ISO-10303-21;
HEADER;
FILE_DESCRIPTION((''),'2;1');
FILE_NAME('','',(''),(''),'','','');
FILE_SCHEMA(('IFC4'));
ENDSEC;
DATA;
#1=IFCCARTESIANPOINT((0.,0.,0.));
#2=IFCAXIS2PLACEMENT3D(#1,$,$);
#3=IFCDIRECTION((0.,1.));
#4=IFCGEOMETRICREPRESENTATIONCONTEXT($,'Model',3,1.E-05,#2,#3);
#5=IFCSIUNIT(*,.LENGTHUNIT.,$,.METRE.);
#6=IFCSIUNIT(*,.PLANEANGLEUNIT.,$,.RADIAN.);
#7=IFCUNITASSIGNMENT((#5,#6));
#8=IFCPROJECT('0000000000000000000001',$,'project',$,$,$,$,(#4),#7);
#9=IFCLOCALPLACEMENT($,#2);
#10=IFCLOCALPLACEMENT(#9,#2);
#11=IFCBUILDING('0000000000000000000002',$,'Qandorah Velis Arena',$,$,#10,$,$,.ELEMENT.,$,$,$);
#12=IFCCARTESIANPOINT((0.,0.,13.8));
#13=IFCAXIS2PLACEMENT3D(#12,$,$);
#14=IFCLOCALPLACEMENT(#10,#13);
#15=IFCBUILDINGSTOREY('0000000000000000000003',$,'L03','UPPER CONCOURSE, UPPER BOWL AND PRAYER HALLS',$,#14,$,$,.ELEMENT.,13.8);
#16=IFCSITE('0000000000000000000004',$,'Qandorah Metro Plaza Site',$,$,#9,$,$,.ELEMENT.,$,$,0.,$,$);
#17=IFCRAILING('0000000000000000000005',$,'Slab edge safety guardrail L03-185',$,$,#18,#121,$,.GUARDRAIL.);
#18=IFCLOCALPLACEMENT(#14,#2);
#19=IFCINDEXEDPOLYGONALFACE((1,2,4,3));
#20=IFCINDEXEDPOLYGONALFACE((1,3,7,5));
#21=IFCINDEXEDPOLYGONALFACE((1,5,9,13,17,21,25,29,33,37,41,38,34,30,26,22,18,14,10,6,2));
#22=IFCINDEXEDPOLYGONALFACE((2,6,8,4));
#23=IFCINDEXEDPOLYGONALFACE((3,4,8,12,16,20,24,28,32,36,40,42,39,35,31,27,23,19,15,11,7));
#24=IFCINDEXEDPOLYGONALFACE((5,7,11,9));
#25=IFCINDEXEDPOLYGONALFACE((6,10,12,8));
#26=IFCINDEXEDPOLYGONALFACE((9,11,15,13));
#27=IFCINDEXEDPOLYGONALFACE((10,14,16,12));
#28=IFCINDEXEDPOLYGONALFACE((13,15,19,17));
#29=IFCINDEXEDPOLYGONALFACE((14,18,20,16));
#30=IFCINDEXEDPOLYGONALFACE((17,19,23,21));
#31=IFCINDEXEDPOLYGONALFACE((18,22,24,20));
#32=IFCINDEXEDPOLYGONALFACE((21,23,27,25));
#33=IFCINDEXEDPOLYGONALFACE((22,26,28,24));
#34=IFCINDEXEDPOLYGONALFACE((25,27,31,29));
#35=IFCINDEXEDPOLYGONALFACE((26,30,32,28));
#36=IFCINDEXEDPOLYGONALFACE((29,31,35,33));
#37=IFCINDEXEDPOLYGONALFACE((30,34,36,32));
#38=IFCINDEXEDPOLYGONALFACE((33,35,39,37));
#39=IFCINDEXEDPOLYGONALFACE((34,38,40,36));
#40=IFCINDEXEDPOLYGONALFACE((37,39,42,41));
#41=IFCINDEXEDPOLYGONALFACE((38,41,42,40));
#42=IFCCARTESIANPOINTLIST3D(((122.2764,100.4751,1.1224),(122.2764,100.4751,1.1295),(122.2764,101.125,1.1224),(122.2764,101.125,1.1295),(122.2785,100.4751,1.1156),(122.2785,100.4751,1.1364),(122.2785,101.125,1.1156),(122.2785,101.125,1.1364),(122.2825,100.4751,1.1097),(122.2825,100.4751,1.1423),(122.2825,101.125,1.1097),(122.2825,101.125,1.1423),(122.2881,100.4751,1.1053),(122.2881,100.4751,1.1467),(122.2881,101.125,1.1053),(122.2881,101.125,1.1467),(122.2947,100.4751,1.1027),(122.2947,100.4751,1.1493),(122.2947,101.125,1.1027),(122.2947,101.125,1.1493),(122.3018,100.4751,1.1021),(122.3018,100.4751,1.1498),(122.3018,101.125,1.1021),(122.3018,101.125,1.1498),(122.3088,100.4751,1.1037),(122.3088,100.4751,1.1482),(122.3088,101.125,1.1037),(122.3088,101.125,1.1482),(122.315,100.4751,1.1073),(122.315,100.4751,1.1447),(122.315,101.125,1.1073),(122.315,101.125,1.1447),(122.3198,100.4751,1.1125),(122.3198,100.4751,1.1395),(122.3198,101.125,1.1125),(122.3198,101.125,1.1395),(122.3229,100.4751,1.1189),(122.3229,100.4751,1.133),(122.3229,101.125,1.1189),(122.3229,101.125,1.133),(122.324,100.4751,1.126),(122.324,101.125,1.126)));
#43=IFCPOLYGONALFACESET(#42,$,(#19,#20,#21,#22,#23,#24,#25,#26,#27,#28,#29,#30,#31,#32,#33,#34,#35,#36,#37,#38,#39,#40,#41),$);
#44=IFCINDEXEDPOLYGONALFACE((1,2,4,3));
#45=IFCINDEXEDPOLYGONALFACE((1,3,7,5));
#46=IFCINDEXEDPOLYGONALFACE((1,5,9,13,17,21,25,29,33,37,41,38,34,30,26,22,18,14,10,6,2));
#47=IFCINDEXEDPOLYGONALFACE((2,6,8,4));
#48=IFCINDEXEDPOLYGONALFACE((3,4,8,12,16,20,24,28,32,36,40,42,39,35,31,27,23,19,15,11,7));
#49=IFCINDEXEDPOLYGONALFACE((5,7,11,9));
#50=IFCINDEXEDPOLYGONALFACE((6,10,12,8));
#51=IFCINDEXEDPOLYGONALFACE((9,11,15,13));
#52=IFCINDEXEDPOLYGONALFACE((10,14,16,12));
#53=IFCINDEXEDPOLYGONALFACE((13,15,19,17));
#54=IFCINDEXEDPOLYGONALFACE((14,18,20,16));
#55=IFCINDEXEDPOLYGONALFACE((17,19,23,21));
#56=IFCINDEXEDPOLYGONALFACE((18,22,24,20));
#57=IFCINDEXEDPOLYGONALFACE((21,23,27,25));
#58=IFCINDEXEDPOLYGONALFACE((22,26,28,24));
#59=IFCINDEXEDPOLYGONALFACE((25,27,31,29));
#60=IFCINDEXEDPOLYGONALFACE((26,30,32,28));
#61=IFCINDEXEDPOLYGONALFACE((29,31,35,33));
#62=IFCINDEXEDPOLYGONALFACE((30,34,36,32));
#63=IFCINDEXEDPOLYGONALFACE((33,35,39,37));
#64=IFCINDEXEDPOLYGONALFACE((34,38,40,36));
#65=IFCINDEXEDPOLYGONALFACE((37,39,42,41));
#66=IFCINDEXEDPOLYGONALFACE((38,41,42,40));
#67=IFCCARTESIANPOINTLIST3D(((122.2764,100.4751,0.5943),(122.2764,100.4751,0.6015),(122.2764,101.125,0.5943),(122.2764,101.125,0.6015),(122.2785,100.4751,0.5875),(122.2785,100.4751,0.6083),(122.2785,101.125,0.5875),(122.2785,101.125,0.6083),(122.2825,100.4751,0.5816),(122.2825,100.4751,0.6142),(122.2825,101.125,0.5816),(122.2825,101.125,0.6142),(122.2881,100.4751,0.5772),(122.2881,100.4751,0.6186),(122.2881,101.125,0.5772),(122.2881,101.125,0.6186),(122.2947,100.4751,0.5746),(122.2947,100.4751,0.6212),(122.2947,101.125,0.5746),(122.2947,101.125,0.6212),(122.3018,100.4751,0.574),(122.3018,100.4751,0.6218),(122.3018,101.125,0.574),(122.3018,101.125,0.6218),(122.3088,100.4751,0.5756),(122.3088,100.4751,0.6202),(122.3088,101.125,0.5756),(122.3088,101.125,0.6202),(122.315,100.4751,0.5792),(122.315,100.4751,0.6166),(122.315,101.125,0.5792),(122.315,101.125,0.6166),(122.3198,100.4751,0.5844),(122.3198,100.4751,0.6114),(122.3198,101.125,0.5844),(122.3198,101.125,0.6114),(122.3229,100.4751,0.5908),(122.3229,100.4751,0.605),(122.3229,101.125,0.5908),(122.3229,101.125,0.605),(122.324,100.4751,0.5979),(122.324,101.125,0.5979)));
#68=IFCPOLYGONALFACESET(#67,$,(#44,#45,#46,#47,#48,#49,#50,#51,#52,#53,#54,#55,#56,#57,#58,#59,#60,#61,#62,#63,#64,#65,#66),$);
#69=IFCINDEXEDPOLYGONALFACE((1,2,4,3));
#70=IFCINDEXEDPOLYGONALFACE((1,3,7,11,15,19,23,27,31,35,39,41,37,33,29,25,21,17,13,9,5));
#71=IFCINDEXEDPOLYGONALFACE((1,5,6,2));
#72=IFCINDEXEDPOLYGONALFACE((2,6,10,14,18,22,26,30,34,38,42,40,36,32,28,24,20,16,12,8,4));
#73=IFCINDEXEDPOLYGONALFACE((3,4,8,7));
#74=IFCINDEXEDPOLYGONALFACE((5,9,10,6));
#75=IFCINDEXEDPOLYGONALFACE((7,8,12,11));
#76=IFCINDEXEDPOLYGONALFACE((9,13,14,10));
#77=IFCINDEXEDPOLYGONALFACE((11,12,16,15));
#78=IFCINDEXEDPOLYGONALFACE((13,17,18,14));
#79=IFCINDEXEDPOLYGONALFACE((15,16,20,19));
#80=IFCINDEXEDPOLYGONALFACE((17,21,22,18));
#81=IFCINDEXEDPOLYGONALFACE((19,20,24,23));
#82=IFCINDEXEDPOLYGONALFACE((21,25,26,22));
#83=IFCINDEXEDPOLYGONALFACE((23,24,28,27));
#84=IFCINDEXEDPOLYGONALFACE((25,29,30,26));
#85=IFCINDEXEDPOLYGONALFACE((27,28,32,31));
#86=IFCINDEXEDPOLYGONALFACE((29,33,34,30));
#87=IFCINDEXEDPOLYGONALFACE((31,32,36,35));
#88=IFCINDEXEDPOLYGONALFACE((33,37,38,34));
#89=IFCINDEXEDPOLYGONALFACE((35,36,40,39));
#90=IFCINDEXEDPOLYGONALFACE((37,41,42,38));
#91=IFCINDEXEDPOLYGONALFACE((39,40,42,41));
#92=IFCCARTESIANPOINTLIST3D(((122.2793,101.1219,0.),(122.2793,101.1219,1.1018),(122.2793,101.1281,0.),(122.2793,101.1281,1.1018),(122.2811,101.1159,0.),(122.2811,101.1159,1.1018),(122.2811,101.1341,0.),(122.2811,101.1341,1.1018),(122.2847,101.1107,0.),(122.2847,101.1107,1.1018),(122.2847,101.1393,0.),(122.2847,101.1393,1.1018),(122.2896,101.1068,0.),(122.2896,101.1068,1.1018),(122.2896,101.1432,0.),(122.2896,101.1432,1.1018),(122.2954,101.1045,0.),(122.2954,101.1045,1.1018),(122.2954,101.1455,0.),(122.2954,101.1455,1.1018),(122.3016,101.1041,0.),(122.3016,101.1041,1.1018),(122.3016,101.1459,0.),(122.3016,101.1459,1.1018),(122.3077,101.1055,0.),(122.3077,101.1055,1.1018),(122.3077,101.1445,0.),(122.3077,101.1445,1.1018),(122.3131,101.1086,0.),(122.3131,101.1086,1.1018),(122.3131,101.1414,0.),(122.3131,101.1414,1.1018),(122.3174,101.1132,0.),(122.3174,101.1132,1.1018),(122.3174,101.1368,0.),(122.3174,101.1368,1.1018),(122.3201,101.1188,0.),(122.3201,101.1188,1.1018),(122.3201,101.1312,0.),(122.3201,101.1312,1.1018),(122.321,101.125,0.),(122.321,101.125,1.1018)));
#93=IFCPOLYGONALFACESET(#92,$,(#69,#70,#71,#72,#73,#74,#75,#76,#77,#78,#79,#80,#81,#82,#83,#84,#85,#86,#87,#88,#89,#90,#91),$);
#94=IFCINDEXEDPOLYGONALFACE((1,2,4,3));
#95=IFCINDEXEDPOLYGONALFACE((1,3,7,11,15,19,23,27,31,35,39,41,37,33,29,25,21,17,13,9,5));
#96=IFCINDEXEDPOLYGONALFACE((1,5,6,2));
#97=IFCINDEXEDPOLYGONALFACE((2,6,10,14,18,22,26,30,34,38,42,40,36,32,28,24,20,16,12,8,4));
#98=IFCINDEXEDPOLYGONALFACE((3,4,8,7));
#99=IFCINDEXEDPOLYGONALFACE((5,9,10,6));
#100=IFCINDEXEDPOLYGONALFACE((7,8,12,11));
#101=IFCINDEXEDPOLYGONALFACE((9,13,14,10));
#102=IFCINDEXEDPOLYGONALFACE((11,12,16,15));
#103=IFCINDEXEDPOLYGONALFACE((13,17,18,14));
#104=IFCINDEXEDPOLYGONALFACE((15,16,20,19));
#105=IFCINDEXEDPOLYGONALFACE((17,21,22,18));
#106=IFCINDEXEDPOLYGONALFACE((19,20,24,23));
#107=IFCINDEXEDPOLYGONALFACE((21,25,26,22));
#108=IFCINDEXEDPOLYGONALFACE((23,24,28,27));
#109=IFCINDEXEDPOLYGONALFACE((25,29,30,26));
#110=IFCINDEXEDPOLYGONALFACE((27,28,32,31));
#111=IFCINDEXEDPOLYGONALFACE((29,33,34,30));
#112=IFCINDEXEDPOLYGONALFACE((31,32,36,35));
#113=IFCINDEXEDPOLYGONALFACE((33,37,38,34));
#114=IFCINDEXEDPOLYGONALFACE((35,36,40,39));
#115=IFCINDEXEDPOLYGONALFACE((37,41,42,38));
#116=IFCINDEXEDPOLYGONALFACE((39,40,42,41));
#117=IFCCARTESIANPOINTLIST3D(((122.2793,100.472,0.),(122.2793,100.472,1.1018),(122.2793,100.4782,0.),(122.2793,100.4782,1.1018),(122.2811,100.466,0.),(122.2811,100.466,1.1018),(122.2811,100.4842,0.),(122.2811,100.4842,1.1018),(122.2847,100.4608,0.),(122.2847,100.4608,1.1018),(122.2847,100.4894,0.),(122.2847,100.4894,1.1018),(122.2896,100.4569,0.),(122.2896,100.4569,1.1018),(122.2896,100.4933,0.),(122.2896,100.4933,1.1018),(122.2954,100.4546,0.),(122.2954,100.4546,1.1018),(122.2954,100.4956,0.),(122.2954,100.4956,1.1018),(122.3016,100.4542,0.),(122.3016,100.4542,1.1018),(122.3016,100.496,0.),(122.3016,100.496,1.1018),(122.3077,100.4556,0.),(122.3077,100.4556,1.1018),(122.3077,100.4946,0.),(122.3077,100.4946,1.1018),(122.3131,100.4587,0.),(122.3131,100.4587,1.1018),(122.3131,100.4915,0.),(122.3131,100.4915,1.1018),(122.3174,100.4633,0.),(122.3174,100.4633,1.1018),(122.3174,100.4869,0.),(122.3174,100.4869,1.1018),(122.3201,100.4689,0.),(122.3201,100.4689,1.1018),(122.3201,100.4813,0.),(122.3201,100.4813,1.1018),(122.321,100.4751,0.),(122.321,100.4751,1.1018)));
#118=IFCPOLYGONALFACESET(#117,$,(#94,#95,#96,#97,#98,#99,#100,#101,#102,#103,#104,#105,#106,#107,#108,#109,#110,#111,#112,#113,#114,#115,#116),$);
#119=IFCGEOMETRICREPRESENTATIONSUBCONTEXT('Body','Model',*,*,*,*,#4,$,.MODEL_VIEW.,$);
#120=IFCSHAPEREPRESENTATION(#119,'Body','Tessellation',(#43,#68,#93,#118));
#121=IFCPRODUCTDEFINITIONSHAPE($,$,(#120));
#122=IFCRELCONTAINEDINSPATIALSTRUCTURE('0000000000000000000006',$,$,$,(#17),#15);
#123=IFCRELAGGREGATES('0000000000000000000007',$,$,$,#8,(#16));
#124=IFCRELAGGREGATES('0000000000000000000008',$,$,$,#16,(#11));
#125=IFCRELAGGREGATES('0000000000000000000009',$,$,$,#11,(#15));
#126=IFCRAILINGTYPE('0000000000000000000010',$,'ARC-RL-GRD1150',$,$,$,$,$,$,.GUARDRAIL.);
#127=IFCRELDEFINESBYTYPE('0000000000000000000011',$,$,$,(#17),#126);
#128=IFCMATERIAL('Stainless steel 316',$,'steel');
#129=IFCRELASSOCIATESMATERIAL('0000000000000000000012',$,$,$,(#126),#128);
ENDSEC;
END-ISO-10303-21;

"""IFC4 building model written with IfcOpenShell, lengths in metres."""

from ifc_helpers import new_model, si_unit, direction, frame, origin, origin_2d, place, context, subcontext, project, spatial, circle, extrude, material, type_object, element, save


model = new_model("IFC4")

# Units and contexts
model_context = context("Model", 3, precision=1e-05, world=origin(), true_north=direction((0.0, 1.0)))
body_context = subcontext(model_context, "Body", "Model", "MODEL_VIEW")
ifc_project = project(units=[si_unit("LENGTHUNIT", "METRE"), si_unit("PLANEANGLEUNIT", "RADIAN")], contexts=[model_context])

# Site, building, storey
site_placement = place(None, origin())
site = spatial("IfcSite", under=ifc_project, at=site_placement, Name="Qandorah Metro Plaza Site", CompositionType="ELEMENT", RefElevation=0.0)
building_placement = place(site_placement, origin())
building = spatial("IfcBuilding", under=site, at=building_placement, Name="Qandorah Velis Arena", CompositionType="ELEMENT")
storey_placement = place(building_placement, frame((0.0, 0.0, 13.8)))
storey = spatial("IfcBuildingStorey", under=building, at=storey_placement, Name="L03", Description="UPPER CONCOURSE, UPPER BOWL AND PRAYER HALLS", CompositionType="ELEMENT", Elevation=13.8)

# Railing
ifc_material_1 = material(Name="Stainless steel 316", Category="steel")
railing_type = type_object("IfcRailingType", Name="ARC-RL-GRD1150", PredefinedType="GUARDRAIL", material=ifc_material_1)
railing_1_placement = place(storey_placement, frame((122.3, 101.125, 0.0)))
element("IfcRailing", 1, at=railing_1_placement, inside=storey, type_object=railing_type, Name="Slab edge safety guardrail L03-185", PredefinedType="GUARDRAIL", context=body_context, shape_type="SweptSolid", body=[
    extrude(circle(Radius=0.0239, at=origin_2d()), frame((0.0, 0.0, 1.126), z_axis=(0.0, -1.0, 0.0), x_axis=(1.0, 0.0, 0.0)), (0.0, 0.0, 1.0), 0.6499),
    extrude(circle(Radius=0.0239, at=origin_2d()), frame((0.0, 0.0, 0.5979), z_axis=(0.0, -1.0, 0.0), x_axis=(1.0, 0.0, 0.0)), (0.0, 0.0, 1.0), 0.6499),
    extrude(circle(Radius=0.021, at=origin_2d()), origin(), (0.0, 0.0, 1.0), 1.1018),
    extrude(circle(Radius=0.021, at=origin_2d()), frame((0.0, -0.6499, 0.0)), (0.0, 0.0, 1.0), 1.1018),
])

save(model, "model.ifc")
